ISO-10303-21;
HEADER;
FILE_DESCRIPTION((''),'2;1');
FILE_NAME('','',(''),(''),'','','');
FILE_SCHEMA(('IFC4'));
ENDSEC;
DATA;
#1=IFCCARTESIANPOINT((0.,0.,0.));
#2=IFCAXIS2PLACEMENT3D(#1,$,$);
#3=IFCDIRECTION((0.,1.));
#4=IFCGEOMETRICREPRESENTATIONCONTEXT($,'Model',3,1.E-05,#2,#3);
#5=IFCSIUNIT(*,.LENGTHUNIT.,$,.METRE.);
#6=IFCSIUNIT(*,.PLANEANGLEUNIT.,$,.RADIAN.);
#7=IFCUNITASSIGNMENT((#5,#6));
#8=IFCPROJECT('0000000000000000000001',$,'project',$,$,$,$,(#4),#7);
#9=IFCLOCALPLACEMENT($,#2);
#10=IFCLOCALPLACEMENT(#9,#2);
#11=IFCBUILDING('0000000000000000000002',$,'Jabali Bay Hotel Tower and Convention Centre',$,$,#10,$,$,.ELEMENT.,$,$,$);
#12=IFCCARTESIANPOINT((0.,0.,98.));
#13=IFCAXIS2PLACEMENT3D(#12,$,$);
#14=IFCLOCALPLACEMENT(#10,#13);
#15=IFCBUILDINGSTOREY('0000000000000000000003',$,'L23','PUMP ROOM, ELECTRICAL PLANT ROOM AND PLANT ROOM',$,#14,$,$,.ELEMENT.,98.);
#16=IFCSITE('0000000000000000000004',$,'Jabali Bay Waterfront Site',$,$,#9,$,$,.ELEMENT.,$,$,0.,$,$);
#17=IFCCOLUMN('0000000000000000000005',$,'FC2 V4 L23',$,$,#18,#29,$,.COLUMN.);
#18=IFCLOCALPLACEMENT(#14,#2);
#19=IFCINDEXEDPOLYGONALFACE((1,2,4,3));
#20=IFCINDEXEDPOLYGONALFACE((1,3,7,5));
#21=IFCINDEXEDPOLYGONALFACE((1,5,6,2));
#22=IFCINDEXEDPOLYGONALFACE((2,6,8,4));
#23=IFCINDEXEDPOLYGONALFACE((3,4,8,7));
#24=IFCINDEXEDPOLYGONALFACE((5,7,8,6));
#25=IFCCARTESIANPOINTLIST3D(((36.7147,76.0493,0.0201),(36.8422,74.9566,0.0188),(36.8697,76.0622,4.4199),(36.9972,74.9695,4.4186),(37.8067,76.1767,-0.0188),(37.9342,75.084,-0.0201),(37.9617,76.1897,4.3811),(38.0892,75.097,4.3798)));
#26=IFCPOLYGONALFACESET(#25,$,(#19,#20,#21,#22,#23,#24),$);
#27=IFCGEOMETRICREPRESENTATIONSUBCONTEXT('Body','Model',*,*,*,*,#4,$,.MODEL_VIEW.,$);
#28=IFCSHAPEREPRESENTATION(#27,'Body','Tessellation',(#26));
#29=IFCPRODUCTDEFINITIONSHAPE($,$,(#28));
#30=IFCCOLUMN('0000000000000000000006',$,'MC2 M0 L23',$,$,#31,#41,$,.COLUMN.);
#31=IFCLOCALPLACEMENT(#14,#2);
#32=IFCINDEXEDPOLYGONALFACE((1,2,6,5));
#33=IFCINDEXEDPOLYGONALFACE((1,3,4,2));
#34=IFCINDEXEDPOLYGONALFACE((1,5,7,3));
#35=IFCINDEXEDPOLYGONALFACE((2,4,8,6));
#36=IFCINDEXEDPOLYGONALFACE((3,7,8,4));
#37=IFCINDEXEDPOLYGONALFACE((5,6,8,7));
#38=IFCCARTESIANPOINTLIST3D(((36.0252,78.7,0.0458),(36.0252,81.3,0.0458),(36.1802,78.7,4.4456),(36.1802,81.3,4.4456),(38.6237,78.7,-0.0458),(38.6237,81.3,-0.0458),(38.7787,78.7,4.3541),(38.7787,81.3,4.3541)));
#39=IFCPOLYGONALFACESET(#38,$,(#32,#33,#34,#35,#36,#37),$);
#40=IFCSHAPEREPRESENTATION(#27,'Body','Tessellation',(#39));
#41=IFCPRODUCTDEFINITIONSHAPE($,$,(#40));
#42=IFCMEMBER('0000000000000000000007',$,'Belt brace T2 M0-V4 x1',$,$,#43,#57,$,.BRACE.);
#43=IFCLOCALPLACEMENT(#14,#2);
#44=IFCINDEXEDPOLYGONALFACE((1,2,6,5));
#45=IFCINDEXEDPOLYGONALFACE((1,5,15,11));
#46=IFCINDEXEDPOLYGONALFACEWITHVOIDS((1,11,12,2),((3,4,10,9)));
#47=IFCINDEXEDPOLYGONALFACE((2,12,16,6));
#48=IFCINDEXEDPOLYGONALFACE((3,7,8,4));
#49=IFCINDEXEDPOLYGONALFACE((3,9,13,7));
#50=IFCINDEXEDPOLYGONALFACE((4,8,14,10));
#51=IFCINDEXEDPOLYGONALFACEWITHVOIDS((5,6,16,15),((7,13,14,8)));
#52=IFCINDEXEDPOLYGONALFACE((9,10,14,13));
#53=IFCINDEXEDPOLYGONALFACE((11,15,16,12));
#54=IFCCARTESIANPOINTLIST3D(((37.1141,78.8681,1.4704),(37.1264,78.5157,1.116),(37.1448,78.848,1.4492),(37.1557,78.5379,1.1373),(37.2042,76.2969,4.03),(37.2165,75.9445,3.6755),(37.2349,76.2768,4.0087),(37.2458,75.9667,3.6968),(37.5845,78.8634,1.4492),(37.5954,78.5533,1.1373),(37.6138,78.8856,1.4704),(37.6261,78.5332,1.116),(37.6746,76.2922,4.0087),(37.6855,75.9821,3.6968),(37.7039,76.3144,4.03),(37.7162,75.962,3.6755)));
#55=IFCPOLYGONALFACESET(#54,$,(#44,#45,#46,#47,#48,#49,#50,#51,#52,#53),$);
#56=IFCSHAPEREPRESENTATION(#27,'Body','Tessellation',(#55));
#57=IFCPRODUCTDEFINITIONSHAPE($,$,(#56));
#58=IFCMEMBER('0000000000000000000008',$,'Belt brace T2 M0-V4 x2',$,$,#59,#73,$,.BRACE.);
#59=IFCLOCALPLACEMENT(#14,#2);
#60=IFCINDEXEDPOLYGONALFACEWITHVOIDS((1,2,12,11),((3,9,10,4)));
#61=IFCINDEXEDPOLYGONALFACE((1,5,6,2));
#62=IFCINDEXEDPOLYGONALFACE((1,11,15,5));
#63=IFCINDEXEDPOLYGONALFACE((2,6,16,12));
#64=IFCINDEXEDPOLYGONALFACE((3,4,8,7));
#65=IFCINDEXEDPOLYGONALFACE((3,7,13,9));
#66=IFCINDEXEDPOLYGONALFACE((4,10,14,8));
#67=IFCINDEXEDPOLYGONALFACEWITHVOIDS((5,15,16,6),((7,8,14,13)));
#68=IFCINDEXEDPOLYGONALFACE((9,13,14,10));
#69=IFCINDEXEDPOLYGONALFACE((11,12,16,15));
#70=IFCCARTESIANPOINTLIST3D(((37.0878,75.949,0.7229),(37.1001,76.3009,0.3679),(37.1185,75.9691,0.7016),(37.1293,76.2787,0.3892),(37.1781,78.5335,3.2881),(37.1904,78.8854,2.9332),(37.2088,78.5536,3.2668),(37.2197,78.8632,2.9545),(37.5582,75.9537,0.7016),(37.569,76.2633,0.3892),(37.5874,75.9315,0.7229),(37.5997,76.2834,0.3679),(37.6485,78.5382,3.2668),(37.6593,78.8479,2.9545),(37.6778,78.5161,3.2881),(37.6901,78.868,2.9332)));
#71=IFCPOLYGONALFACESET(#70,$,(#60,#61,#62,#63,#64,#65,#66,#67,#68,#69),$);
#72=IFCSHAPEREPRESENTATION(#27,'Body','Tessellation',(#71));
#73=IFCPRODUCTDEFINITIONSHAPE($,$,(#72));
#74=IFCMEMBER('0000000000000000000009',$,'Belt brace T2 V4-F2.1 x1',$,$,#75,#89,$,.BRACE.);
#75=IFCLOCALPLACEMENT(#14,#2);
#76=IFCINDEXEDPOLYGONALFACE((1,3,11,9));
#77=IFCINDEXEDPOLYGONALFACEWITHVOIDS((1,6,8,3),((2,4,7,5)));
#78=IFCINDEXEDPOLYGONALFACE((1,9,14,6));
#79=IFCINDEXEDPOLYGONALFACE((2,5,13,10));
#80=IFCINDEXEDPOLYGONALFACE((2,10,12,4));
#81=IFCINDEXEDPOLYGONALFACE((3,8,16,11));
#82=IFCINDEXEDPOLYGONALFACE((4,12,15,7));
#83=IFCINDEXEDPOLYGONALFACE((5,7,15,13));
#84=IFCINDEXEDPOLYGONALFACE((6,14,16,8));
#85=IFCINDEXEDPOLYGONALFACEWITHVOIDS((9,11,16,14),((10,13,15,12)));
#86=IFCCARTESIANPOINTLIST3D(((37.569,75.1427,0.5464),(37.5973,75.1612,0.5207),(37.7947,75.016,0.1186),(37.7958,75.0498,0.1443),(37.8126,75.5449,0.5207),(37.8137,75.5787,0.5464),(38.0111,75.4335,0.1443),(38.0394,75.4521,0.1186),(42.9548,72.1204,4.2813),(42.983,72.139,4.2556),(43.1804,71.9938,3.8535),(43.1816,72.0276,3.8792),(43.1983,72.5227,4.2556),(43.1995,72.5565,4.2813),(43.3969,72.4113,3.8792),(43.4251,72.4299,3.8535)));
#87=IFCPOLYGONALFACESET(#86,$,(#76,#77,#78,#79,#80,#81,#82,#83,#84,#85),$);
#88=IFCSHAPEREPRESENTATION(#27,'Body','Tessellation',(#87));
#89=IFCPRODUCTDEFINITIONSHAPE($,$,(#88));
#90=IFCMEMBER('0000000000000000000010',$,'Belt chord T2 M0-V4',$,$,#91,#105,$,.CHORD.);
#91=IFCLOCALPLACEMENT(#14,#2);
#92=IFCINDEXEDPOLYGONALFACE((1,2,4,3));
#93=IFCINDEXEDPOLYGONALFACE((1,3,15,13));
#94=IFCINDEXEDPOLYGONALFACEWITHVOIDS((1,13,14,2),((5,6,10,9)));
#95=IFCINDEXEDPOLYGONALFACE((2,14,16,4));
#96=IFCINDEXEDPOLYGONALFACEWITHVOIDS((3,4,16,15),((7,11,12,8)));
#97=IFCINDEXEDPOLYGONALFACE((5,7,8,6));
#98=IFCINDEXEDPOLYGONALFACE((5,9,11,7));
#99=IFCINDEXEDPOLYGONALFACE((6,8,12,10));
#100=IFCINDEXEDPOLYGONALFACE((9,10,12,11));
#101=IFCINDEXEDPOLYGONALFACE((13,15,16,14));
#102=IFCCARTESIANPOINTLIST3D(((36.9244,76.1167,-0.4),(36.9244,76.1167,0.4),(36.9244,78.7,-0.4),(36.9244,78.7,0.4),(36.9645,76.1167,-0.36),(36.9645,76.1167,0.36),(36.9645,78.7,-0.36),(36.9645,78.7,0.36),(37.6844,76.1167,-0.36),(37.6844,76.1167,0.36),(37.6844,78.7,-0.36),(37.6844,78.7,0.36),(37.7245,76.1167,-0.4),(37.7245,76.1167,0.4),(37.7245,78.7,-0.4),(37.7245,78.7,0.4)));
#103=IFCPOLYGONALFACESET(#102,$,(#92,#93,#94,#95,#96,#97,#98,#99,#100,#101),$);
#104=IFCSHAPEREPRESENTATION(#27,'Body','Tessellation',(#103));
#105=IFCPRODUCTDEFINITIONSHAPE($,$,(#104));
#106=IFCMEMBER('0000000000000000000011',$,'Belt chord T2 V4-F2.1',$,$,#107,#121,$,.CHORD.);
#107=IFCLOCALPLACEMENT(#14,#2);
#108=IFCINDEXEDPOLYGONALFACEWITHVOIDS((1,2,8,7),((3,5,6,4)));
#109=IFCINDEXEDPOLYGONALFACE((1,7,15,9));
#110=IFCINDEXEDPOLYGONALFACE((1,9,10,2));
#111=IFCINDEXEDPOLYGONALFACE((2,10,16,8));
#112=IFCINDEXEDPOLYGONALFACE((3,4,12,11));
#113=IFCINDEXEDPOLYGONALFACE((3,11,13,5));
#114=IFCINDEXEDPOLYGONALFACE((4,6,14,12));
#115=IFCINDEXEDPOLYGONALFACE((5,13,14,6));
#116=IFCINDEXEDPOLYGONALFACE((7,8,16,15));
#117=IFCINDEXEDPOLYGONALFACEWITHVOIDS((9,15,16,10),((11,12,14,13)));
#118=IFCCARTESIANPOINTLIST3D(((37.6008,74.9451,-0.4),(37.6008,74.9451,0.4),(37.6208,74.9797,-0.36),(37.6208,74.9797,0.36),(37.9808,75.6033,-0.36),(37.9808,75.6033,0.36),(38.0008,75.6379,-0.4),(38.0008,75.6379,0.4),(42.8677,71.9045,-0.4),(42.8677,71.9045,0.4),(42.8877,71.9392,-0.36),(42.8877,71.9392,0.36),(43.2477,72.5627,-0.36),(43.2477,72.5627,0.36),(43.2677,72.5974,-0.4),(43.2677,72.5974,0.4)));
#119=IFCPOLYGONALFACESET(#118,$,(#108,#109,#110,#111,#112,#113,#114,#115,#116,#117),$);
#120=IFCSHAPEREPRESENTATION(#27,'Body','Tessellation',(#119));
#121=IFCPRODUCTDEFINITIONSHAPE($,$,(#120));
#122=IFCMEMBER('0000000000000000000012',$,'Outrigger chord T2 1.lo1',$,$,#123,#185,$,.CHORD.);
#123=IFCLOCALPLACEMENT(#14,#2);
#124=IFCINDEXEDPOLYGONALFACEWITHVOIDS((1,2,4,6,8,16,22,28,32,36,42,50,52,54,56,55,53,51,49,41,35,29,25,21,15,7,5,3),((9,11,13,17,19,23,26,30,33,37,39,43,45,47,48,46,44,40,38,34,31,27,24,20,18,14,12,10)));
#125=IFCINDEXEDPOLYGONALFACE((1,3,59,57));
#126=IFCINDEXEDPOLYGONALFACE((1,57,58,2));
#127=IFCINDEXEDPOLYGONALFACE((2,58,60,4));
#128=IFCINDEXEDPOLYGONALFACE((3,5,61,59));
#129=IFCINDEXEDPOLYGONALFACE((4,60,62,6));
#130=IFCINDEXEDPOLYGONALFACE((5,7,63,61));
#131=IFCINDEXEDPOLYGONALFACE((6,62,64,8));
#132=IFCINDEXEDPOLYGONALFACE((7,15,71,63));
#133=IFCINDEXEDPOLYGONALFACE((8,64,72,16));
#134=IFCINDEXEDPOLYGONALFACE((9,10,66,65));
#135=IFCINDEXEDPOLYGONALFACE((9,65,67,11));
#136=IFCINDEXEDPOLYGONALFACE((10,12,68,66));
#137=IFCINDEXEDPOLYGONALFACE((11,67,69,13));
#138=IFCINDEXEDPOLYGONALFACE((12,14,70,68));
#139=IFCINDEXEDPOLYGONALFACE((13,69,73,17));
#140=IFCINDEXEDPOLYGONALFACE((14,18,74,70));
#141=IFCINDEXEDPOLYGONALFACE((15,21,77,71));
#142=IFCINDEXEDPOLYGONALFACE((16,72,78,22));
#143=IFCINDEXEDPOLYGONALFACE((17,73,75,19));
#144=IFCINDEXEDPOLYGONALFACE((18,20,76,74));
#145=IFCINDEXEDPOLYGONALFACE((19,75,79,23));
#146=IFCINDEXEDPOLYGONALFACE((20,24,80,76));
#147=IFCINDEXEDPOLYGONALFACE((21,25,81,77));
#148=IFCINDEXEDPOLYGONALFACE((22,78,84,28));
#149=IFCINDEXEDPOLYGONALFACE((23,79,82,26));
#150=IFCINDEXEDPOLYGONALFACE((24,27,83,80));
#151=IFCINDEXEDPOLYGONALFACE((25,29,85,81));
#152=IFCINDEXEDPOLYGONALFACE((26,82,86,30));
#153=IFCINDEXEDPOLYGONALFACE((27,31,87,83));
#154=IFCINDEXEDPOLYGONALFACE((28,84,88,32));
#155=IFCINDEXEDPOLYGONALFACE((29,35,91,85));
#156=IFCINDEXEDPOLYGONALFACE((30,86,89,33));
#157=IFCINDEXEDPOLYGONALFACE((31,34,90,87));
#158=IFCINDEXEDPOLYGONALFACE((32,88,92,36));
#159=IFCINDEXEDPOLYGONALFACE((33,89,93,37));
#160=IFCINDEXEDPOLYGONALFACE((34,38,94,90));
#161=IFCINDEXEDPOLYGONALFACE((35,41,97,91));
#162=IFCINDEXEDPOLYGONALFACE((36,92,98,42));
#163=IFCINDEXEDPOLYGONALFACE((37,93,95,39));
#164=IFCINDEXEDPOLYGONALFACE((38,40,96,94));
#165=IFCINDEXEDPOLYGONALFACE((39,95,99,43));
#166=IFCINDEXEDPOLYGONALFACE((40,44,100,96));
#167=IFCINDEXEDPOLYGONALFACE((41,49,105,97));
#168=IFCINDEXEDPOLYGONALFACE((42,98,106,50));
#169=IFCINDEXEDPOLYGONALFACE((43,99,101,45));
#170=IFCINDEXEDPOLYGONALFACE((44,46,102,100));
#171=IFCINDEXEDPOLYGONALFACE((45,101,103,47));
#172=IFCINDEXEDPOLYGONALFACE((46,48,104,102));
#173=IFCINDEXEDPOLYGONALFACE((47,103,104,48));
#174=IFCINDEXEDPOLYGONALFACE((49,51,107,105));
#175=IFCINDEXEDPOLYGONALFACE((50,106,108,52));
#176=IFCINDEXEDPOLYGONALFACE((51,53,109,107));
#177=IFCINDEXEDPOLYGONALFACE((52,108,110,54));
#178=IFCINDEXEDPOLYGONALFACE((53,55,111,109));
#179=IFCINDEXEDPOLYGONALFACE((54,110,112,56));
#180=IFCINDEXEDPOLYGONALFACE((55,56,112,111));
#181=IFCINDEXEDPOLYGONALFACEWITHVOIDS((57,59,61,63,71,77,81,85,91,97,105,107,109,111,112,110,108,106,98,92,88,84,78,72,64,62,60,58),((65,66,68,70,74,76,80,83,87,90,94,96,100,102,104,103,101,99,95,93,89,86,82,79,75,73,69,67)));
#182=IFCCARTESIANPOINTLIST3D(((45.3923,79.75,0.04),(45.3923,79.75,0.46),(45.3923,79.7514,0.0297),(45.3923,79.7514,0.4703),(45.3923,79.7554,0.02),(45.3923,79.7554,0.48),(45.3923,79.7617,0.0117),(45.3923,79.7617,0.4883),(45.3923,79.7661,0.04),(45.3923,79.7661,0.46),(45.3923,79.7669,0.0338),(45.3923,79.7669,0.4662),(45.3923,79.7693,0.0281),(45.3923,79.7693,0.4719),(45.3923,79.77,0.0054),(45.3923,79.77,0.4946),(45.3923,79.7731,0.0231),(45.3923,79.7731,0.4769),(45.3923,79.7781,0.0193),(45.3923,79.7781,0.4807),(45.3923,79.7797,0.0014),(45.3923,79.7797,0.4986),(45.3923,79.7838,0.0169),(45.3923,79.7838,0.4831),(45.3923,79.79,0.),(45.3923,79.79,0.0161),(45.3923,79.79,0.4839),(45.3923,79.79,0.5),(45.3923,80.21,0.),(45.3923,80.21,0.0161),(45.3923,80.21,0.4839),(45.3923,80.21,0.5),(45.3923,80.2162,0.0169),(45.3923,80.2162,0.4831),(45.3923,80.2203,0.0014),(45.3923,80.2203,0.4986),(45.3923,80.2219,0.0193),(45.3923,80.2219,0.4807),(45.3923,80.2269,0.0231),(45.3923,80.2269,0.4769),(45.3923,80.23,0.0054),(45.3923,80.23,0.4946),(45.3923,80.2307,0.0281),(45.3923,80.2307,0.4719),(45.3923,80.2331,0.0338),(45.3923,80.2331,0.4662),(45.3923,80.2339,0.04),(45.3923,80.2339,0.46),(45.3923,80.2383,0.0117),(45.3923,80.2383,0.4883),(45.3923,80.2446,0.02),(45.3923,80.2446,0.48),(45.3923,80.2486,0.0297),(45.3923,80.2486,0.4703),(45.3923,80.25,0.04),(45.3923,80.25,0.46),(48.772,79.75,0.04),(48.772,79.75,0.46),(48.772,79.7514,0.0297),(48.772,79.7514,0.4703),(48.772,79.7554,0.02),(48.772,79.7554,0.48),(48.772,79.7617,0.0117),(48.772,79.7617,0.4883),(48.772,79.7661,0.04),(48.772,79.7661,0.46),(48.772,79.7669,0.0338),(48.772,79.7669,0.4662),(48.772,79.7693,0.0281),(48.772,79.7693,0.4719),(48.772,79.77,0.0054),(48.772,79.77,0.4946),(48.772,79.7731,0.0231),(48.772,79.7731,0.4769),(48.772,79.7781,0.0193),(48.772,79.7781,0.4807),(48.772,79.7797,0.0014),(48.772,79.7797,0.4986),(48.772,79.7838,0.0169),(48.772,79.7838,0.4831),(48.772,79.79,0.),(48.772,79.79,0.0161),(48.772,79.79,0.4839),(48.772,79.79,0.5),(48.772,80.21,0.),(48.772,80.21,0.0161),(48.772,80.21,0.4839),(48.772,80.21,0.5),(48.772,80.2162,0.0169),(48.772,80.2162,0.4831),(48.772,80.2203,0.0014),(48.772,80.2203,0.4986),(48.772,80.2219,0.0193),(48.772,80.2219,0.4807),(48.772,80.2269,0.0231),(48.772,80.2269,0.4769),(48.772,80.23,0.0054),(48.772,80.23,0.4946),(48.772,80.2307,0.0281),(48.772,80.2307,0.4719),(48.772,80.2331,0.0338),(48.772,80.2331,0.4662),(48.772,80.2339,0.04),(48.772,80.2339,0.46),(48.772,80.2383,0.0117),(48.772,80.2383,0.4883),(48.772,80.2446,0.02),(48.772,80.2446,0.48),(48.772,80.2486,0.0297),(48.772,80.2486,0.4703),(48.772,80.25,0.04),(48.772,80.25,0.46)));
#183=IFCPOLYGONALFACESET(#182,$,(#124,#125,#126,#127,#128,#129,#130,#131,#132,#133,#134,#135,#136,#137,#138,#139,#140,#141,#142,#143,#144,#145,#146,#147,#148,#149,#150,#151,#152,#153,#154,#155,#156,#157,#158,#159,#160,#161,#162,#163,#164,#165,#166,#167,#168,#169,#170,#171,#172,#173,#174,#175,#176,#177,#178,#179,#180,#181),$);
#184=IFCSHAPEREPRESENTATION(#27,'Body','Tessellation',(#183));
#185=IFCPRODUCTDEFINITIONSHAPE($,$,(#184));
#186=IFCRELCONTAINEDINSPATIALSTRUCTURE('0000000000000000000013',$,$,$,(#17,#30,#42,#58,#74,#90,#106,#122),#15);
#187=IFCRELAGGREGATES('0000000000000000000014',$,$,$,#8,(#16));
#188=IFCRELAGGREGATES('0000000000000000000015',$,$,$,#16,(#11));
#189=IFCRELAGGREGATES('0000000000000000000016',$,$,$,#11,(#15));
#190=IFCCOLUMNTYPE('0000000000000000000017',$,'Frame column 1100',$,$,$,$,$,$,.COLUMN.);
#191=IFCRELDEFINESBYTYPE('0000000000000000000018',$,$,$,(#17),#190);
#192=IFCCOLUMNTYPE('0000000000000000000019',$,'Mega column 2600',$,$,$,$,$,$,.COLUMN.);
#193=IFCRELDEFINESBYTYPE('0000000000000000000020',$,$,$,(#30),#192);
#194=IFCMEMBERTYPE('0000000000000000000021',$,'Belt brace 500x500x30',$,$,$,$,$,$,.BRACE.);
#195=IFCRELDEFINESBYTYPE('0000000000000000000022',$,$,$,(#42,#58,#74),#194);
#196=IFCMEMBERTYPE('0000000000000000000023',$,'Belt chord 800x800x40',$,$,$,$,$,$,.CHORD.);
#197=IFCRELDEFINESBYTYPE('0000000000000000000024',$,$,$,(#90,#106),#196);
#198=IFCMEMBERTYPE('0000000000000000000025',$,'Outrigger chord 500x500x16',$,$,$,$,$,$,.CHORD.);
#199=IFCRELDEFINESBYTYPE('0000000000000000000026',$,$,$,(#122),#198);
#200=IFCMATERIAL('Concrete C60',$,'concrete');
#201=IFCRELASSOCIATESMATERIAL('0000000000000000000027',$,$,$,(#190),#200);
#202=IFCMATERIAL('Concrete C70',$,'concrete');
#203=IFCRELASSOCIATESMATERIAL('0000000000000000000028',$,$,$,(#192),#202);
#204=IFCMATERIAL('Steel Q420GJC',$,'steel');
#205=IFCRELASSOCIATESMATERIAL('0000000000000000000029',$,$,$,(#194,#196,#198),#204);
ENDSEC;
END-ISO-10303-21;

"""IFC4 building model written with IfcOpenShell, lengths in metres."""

from ifc_helpers import new_model, si_unit, direction, frame, origin, origin_2d, place, context, subcontext, project, spatial, rectangle, hollow_rectangle, extrude, material, material_profile, profile_set, type_object, element, save


model = new_model("IFC4")

# Units and contexts
model_context = context("Model", 3, precision=1e-05, world=origin(), true_north=direction((0.0, 1.0)))
body_context = subcontext(model_context, "Body", "Model", "MODEL_VIEW")
ifc_project = project(units=[si_unit("LENGTHUNIT", "METRE"), si_unit("PLANEANGLEUNIT", "RADIAN")], contexts=[model_context])

# Site, building, storey
site_placement = place(None, origin())
site = spatial("IfcSite", under=ifc_project, at=site_placement, Name="Jabali Bay Waterfront Site", CompositionType="ELEMENT", RefElevation=0.0)
building_placement = place(site_placement, origin())
building = spatial("IfcBuilding", under=site, at=building_placement, Name="Jabali Bay Hotel Tower and Convention Centre", CompositionType="ELEMENT")
storey_placement = place(building_placement, frame((0.0, 0.0, 98.0)))
storey = spatial("IfcBuildingStorey", under=building, at=storey_placement, Name="L23", Description="PUMP ROOM, ELECTRICAL PLANT ROOM AND PLANT ROOM", CompositionType="ELEMENT", Elevation=98.0)

# Columns
ifc_material_1 = material(Name="Concrete C60", Category="concrete")
ifc_material_profile_1 = material_profile(ifc_material_1, rectangle(XDim=1.1001, YDim=1.1001, at=origin_2d()), Name="Frame column 1100")
ifc_profile_set_1 = profile_set([ifc_material_profile_1], Name="Concrete C60")
column_type_1 = type_object("IfcColumnType", Name="Frame column 1100", PredefinedType="COLUMN", material=ifc_profile_set_1)
column_1_placement = place(storey_placement, frame((37.3245, 75.5667, 0.0), z_axis=(0.035213, 0.002939, 0.999376), x_axis=(-0.115897, 0.993261, 0.001163)))
element("IfcColumn", 1, at=column_1_placement, inside=storey, type_object=column_type_1, Name="FC2 V4 L23", PredefinedType="COLUMN", context=body_context, shape_type="SweptSolid", body=[
    extrude(rectangle(XDim=1.1001, YDim=1.1001, at=origin_2d()), origin(), (0.0, 0.0, 1.0), 4.4026),
])
ifc_material_2 = material(Name="Concrete C70", Category="concrete")
ifc_material_profile_2 = material_profile(ifc_material_2, rectangle(XDim=2.6001, YDim=2.6001, at=origin_2d()), Name="Mega column 2600")
ifc_profile_set_2 = profile_set([ifc_material_profile_2], Name="Concrete C70")
column_type_2 = type_object("IfcColumnType", Name="Mega column 2600", PredefinedType="COLUMN", material=ifc_profile_set_2)
column_2_placement = place(storey_placement, frame((37.3245, 80.0, 0.0), z_axis=(0.035213, 0.0, 0.99938), x_axis=(0.0, 1.0, 0.0)))
element("IfcColumn", 2, at=column_2_placement, inside=storey, type_object=column_type_2, Name="MC2 M0 L23", PredefinedType="COLUMN", context=body_context, shape_type="SweptSolid", body=[
    extrude(rectangle(XDim=2.6001, YDim=2.6001, at=origin_2d()), origin(), (0.0, 0.0, 1.0), 4.4026),
])

# Members
ifc_material_3 = material(Name="Steel Q420GJC", Category="steel")
ifc_material_profile_3 = material_profile(ifc_material_3, hollow_rectangle(XDim=0.5, YDim=0.5, WallThickness=0.03, at=origin_2d()), Name="Belt brace 500x500x30")
ifc_profile_set_3 = profile_set([ifc_material_profile_3], Name="Steel Q420GJC")
member_type_1 = type_object("IfcMemberType", Name="Belt brace 500x500x30", PredefinedType="BRACE", material=ifc_profile_set_3)
member_1_placement = place(storey_placement, frame((37.3701, 78.7007, 1.2932), z_axis=(0.024823, -0.708502, 0.705273), x_axis=(0.999387, 0.035015, 0.0)))
element("IfcMember", 3, at=member_1_placement, inside=storey, type_object=member_type_1, Name="Belt brace T2 M0-V4 x1", PredefinedType="BRACE", context=body_context, shape_type="SweptSolid", body=[
    extrude(hollow_rectangle(XDim=0.5, YDim=0.5, WallThickness=0.03, at=origin_2d()), origin(), (0.0, 0.0, 1.0), 3.6292),
])
member_2_placement = place(storey_placement, frame((37.3438, 76.1162, 0.5454), z_axis=(0.024799, 0.709532, 0.704237), x_axis=(-0.99939, 0.03493, 0.0)))
element("IfcMember", 4, at=member_2_placement, inside=storey, type_object=member_type_1, Name="Belt brace T2 M0-V4 x2", PredefinedType="BRACE", context=body_context, shape_type="SweptSolid", body=[
    extrude(hollow_rectangle(XDim=0.5, YDim=0.5, WallThickness=0.03, at=origin_2d()), origin(), (0.0, 0.0, 1.0), 3.6426),
])
member_3_placement = place(storey_placement, frame((37.8042, 75.2974, 0.3325), z_axis=(0.746228, -0.418747, 0.517489), x_axis=(0.489368, 0.872078, 0.0)))
element("IfcMember", 5, at=member_3_placement, inside=storey, type_object=member_type_1, Name="Belt brace T2 V4-F2.1 x1", PredefinedType="BRACE", context=body_context, shape_type="SweptSolid", body=[
    extrude(hollow_rectangle(XDim=0.5, YDim=0.5, WallThickness=0.03, at=origin_2d()), origin(), (0.0, 0.0, 1.0), 7.2173),
])
ifc_material_profile_4 = material_profile(ifc_material_3, hollow_rectangle(XDim=0.8, YDim=0.8, WallThickness=0.04, at=origin_2d()), Name="Belt chord 800x800x40")
ifc_profile_set_4 = profile_set([ifc_material_profile_4], Name="Steel Q420GJC")
member_type_2 = type_object("IfcMemberType", Name="Belt chord 800x800x40", PredefinedType="CHORD", material=ifc_profile_set_4)
member_4_placement = place(storey_placement, frame((37.3245, 78.7, 0.0), z_axis=(0.0, -1.0, 0.0), x_axis=(1.0, 0.0, 0.0)))
element("IfcMember", 6, at=member_4_placement, inside=storey, type_object=member_type_2, Name="Belt chord T2 M0-V4", PredefinedType="CHORD", context=body_context, shape_type="SweptSolid", body=[
    extrude(hollow_rectangle(XDim=0.8, YDim=0.8, WallThickness=0.04, at=origin_2d()), origin(), (0.0, 0.0, 1.0), 2.5833),
])
member_5_placement = place(storey_placement, frame((37.8008, 75.2915, 0.0), z_axis=(0.866046, -0.499965, 0.0), x_axis=(0.499965, 0.866046, 0.0)))
element("IfcMember", 7, at=member_5_placement, inside=storey, type_object=member_type_2, Name="Belt chord T2 V4-F2.1", PredefinedType="CHORD", context=body_context, shape_type="SweptSolid", body=[
    extrude(hollow_rectangle(XDim=0.8, YDim=0.8, WallThickness=0.04, at=origin_2d()), origin(), (0.0, 0.0, 1.0), 6.0815),
])
ifc_material_profile_5 = material_profile(ifc_material_3, hollow_rectangle(XDim=0.5, YDim=0.5, WallThickness=0.0161, InnerFilletRadius=0.0239, OuterFilletRadius=0.04, at=origin_2d()), Name="Outrigger chord 500x500x16")
ifc_profile_set_5 = profile_set([ifc_material_profile_5], Name="Steel Q420GJC")
member_type_3 = type_object("IfcMemberType", Name="Outrigger chord 500x500x16", PredefinedType="CHORD", material=ifc_profile_set_5)
member_6_placement = place(storey_placement, frame((48.772, 80.0, 0.25), z_axis=(-1.0, 0.0, 0.0), x_axis=(0.0, -1.0, 0.0)))
element("IfcMember", 8, at=member_6_placement, inside=storey, type_object=member_type_3, Name="Outrigger chord T2 1.lo1", PredefinedType="CHORD", context=body_context, shape_type="SweptSolid", body=[
    extrude(hollow_rectangle(XDim=0.5, YDim=0.5, WallThickness=0.0161, InnerFilletRadius=0.0239, OuterFilletRadius=0.04, at=origin_2d()), origin(), (0.0, 0.0, 1.0), 3.3796),
])

save(model, "model.ifc")
